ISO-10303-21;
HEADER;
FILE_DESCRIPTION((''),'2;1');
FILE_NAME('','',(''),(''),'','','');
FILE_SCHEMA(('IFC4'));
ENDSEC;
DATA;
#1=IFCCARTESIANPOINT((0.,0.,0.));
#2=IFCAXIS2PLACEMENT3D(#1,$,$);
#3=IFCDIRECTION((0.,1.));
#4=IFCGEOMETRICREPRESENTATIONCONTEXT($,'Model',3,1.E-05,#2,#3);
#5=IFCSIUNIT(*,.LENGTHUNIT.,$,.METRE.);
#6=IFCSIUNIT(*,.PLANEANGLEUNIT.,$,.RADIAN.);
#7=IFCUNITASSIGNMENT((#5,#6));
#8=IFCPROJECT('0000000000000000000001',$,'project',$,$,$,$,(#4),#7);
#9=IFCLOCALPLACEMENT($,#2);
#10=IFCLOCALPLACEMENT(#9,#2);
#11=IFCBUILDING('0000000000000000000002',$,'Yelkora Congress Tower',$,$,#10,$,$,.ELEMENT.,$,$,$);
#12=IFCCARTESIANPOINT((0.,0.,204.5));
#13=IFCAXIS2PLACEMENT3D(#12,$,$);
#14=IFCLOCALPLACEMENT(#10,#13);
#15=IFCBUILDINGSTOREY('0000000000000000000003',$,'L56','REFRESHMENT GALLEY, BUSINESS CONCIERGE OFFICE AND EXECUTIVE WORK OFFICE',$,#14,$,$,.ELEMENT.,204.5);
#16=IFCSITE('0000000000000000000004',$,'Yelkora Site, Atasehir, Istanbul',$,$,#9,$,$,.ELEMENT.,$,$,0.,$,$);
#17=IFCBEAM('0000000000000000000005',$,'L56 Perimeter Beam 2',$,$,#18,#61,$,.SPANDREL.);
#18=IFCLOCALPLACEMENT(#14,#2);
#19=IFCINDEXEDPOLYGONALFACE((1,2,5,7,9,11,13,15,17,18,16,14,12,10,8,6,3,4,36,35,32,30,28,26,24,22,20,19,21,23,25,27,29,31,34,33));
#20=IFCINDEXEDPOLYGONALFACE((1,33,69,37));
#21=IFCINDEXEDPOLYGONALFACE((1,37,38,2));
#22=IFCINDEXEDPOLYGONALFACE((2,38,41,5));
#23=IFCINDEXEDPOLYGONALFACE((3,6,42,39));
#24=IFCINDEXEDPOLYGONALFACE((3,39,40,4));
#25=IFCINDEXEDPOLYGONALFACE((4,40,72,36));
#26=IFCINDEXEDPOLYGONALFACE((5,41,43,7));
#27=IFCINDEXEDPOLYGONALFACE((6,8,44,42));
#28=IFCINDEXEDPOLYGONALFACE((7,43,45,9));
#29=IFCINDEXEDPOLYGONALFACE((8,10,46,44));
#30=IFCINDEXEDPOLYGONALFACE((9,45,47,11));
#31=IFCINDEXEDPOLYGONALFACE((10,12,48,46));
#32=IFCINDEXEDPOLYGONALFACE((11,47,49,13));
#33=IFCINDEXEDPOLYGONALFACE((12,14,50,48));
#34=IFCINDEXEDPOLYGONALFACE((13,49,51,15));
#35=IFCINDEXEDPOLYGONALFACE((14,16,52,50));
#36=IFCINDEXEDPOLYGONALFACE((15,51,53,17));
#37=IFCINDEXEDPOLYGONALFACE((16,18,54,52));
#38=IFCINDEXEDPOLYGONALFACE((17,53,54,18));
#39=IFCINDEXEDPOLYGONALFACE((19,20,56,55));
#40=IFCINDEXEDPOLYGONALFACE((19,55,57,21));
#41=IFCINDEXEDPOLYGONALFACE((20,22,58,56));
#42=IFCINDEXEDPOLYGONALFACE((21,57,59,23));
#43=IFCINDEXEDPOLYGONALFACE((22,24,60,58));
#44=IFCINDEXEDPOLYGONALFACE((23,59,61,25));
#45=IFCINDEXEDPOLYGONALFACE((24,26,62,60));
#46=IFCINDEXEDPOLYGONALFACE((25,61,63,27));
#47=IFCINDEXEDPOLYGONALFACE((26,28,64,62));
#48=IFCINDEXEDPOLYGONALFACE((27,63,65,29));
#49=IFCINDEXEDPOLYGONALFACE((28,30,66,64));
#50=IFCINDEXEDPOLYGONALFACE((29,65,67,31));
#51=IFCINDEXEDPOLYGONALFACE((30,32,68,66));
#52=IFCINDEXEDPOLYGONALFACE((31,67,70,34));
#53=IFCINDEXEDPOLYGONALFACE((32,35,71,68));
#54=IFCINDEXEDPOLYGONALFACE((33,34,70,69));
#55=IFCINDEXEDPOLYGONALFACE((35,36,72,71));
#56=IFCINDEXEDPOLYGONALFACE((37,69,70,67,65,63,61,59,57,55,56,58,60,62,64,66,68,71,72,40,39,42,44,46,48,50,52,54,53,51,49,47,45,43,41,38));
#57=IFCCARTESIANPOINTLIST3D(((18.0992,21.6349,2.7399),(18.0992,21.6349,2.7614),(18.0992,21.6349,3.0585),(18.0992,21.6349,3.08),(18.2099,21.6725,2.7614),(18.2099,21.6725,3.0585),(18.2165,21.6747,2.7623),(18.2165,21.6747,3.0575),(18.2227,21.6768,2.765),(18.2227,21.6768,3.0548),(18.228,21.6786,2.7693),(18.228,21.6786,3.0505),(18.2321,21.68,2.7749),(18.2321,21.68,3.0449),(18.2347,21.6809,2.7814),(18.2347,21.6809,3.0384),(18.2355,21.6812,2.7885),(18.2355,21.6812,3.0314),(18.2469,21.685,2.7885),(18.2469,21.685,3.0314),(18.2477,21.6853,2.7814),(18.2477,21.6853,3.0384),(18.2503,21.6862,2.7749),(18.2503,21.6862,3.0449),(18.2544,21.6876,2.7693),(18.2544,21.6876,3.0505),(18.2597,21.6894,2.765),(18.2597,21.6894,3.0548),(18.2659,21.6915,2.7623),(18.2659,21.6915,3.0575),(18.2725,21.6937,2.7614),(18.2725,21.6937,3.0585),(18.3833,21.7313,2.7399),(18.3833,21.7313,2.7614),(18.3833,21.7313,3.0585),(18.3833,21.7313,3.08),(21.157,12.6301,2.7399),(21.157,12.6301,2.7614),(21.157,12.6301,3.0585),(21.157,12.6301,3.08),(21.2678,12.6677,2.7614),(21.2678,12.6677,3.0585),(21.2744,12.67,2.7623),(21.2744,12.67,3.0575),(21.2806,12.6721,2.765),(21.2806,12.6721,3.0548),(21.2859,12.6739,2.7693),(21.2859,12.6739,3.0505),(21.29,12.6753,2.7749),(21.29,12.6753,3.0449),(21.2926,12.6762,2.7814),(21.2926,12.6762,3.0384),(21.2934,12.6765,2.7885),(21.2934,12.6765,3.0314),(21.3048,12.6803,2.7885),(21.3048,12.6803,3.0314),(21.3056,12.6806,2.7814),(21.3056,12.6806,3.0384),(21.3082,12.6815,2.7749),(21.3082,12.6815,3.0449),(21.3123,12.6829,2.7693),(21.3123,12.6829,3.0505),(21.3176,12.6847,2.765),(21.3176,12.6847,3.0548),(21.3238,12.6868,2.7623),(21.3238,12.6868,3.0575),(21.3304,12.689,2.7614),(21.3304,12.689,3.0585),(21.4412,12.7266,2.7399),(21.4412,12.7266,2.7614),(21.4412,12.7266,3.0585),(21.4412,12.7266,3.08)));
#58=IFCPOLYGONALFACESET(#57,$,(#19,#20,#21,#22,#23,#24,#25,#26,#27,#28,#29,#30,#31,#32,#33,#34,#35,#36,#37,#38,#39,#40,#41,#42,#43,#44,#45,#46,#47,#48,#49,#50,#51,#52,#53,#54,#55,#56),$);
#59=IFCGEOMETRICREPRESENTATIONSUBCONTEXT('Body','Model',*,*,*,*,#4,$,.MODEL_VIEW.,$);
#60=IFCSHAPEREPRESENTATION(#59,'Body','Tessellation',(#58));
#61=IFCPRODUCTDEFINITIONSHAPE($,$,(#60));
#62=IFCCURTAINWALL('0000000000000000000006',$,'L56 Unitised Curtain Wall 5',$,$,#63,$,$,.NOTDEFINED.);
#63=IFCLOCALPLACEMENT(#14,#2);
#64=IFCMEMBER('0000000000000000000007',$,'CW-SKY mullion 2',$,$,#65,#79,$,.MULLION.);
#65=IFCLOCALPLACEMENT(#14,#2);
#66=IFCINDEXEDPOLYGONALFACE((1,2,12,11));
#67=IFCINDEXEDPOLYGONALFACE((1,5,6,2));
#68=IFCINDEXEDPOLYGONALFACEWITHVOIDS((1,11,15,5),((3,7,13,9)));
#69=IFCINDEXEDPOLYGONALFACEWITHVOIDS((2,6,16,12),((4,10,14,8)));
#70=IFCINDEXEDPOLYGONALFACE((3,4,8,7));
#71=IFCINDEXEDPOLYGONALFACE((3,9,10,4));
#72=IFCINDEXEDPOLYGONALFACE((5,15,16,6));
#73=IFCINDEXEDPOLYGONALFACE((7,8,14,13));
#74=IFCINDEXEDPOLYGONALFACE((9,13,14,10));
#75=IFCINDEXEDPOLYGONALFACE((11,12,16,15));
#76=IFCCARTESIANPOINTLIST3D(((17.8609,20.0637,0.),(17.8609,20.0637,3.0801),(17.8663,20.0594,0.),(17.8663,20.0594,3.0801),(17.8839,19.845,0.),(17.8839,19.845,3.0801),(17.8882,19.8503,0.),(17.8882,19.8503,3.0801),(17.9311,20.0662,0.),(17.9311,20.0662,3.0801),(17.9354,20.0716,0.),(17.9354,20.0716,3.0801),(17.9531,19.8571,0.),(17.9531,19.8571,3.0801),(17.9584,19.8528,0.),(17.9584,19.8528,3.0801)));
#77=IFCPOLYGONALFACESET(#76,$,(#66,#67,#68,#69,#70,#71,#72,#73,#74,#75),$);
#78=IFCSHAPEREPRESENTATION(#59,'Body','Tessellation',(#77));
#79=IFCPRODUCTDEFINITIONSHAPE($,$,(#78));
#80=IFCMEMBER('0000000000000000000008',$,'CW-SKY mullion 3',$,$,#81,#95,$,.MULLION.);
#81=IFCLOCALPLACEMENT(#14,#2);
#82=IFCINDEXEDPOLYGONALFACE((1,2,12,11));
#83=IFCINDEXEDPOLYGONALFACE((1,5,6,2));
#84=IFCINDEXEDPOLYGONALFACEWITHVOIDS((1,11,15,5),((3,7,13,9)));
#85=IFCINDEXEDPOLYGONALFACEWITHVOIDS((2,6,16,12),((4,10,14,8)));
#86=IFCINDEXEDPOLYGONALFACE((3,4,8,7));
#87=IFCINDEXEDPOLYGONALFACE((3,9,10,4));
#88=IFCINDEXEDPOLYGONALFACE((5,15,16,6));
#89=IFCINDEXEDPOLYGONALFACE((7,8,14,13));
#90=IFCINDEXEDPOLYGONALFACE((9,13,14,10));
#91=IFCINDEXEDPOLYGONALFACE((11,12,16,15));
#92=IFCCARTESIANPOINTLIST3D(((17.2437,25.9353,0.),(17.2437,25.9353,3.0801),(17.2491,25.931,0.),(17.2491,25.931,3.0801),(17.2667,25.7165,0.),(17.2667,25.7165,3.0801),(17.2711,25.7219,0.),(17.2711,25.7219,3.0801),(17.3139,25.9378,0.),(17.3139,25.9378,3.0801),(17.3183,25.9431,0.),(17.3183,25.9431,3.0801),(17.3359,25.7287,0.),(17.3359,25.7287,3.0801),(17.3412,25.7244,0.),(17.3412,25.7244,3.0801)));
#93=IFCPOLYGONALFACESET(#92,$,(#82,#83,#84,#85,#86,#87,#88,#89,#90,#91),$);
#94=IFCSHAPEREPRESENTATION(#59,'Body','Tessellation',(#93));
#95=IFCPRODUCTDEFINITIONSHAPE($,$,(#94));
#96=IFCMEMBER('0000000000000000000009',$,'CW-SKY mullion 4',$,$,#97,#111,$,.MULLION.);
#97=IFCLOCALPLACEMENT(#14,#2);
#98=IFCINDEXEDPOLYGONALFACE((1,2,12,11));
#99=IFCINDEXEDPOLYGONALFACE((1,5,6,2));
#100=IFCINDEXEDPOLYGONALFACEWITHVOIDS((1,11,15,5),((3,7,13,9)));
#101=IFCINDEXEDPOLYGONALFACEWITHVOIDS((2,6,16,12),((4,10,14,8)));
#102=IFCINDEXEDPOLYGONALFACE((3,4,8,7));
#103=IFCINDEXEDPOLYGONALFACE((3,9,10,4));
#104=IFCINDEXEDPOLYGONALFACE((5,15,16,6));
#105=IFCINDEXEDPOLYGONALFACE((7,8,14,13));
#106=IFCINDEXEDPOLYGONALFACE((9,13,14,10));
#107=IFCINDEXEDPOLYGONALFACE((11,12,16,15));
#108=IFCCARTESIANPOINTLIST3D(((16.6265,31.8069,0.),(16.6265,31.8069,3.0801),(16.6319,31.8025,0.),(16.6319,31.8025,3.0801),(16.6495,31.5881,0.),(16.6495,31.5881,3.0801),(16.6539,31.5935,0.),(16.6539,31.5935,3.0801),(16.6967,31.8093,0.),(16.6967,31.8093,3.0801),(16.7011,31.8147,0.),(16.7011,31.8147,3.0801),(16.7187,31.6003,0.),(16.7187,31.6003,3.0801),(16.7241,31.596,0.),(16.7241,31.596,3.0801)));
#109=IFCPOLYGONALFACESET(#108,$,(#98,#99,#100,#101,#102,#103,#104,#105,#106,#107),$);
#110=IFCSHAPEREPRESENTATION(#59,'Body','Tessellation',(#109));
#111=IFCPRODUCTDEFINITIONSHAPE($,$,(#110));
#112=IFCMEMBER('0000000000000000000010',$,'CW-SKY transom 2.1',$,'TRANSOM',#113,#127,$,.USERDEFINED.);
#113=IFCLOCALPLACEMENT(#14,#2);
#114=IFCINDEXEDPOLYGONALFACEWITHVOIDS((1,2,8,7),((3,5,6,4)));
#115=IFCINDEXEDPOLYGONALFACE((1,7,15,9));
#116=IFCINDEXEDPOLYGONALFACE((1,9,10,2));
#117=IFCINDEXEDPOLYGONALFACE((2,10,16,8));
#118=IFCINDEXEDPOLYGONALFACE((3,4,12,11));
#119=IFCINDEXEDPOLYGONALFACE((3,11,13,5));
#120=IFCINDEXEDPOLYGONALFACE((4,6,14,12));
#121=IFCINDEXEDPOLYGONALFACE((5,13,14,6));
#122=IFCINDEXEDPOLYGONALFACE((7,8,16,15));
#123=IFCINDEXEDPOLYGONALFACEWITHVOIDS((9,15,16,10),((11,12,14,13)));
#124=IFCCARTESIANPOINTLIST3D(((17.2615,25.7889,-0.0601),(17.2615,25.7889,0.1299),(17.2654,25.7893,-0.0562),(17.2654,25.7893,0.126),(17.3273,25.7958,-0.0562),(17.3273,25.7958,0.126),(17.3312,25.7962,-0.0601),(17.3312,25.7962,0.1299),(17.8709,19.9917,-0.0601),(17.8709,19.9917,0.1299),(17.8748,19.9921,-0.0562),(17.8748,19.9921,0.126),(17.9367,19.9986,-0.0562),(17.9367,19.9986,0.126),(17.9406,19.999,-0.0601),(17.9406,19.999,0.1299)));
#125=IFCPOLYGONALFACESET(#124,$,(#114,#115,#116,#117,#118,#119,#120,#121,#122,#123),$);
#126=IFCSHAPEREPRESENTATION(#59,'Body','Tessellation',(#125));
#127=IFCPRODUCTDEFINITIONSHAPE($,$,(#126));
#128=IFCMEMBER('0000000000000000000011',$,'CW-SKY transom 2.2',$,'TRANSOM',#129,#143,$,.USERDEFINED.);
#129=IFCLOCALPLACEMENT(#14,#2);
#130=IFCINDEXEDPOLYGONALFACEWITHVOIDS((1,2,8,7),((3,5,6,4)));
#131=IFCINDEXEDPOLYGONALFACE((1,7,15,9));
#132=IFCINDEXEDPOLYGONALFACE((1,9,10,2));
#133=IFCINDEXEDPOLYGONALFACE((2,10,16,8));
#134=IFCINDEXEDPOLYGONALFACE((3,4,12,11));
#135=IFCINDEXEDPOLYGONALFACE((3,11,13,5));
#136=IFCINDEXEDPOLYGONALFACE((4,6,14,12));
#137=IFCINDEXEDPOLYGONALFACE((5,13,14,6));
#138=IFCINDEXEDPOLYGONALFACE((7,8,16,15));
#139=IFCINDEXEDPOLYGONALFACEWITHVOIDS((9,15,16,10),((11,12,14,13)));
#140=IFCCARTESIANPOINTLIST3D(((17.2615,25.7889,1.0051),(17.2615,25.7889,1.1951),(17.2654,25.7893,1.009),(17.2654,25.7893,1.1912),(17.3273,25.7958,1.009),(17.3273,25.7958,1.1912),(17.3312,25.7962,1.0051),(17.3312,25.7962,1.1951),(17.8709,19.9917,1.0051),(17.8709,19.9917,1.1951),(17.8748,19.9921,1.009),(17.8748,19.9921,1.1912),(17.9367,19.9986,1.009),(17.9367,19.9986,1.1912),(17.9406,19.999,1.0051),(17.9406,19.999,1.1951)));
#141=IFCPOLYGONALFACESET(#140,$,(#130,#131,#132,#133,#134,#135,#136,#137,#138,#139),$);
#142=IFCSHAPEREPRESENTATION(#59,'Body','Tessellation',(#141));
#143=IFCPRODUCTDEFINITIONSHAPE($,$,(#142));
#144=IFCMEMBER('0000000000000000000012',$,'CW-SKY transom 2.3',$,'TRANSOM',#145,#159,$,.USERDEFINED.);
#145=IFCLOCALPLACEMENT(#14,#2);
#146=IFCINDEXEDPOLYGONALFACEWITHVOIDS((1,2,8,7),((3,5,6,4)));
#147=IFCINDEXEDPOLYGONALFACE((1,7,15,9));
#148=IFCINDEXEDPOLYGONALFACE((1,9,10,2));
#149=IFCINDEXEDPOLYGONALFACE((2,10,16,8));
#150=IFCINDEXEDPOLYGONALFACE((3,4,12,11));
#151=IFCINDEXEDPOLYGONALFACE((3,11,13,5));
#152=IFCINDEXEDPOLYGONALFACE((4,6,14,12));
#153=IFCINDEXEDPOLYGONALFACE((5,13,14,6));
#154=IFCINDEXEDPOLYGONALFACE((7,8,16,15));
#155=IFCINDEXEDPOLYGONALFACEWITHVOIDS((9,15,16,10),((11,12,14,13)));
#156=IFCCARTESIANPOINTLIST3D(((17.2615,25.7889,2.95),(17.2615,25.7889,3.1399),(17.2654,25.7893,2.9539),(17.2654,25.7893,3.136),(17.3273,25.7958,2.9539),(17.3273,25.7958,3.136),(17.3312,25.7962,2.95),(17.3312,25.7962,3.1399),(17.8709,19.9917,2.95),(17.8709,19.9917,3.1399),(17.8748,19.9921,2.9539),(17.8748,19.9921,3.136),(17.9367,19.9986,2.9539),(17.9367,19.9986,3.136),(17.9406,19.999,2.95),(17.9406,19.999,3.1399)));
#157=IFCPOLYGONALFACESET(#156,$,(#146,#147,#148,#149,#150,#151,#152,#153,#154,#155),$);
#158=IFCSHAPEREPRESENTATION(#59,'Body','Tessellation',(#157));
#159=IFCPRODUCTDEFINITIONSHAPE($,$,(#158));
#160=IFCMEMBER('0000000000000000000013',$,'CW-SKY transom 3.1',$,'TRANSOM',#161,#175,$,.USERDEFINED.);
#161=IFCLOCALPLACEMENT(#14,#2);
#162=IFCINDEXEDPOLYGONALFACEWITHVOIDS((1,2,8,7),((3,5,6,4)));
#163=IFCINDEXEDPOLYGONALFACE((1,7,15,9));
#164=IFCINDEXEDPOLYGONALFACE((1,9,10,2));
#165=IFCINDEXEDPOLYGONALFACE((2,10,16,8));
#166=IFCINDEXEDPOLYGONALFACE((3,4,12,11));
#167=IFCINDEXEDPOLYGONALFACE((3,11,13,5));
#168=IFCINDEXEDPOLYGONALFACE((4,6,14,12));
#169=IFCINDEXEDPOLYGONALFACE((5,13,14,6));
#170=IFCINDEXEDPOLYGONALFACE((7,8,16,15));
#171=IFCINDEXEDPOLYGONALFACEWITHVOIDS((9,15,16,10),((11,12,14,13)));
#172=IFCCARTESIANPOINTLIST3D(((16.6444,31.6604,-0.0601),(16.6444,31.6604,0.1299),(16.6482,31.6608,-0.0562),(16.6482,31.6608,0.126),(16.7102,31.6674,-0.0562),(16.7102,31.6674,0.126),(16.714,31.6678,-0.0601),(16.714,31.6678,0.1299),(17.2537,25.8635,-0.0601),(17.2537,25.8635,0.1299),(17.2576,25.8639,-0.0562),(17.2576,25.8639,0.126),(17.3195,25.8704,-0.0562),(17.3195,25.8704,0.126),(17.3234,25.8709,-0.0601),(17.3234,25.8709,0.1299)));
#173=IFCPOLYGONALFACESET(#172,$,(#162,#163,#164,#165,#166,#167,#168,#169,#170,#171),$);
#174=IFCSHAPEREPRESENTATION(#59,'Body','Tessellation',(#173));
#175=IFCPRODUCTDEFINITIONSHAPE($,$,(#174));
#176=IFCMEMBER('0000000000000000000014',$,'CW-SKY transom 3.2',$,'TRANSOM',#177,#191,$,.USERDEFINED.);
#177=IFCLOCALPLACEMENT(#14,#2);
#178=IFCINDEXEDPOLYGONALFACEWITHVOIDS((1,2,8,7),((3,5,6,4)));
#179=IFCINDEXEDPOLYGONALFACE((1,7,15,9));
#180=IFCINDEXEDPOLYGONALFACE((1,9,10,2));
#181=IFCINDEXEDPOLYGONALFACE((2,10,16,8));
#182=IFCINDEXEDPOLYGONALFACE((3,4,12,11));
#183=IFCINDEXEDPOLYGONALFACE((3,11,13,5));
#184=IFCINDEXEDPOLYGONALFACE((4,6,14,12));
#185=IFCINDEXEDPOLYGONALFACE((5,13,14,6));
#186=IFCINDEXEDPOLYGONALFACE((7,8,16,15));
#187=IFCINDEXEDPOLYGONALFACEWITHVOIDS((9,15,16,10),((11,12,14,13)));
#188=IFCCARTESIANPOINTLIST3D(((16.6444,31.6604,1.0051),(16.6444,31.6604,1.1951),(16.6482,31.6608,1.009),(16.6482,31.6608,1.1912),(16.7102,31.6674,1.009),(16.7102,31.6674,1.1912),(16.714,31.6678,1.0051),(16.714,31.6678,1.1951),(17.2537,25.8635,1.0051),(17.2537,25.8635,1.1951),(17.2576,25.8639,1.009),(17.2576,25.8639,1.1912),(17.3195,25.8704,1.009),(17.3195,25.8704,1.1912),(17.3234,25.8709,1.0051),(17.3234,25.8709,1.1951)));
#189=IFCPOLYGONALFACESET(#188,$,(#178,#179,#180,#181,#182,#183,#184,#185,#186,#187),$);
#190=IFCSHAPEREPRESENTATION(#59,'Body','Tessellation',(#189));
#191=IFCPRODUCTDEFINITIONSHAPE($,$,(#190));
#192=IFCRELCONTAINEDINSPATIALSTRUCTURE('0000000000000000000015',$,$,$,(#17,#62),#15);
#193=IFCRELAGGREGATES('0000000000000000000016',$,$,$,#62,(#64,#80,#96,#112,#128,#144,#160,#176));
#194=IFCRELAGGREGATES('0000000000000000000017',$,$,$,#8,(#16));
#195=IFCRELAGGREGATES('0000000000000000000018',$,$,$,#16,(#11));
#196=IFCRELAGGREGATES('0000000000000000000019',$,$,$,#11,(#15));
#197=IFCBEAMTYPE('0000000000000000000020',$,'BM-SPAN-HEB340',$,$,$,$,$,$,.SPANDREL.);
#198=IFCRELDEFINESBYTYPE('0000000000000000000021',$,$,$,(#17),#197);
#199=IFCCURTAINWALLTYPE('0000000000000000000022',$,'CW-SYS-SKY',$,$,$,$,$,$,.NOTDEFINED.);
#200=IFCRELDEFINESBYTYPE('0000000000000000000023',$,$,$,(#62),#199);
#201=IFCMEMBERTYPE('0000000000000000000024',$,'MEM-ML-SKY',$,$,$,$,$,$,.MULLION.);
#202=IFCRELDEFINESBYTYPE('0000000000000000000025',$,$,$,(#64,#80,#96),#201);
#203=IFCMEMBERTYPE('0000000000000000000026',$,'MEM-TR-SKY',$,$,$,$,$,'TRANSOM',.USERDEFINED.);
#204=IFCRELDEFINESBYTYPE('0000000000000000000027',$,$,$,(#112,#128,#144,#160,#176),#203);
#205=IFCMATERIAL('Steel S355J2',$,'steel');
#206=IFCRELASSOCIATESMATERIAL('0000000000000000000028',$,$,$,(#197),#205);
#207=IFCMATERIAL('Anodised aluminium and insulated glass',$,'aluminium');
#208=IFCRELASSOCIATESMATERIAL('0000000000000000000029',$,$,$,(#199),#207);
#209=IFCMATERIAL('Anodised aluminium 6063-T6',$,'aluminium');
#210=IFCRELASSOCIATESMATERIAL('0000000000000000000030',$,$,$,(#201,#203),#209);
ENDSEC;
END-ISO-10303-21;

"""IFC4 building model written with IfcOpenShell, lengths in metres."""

from ifc_helpers import new_model, si_unit, direction, frame, origin, origin_2d, place, context, subcontext, project, spatial, hollow_rectangle, i_section, extrude, material, material_profile, profile_set, type_object, element, aggregate, save


model = new_model("IFC4")

# Units and contexts
model_context = context("Model", 3, precision=1e-05, world=origin(), true_north=direction((0.0, 1.0)))
body_context = subcontext(model_context, "Body", "Model", "MODEL_VIEW")
ifc_project = project(units=[si_unit("LENGTHUNIT", "METRE"), si_unit("PLANEANGLEUNIT", "RADIAN")], contexts=[model_context])

# Site, building, storey
site_placement = place(None, origin())
site = spatial("IfcSite", under=ifc_project, at=site_placement, Name="Yelkora Site, Atasehir, Istanbul", CompositionType="ELEMENT", RefElevation=0.0)
building_placement = place(site_placement, origin())
building = spatial("IfcBuilding", under=site, at=building_placement, Name="Yelkora Congress Tower", CompositionType="ELEMENT")
storey_placement = place(building_placement, frame((0.0, 0.0, 204.5)))
storey = spatial("IfcBuildingStorey", under=building, at=storey_placement, Name="L56", Description="REFRESHMENT GALLEY, BUSINESS CONCIERGE OFFICE AND EXECUTIVE WORK OFFICE", CompositionType="ELEMENT", Elevation=204.5)

# Shared definitions
ifc_material_1 = material(Name="Steel S355J2", Category="steel")

# Beam
ifc_material_profile_1 = material_profile(ifc_material_1, i_section(OverallWidth=0.3, OverallDepth=0.3401, WebThickness=0.012, FlangeThickness=0.0215, FilletRadius=0.0271, at=origin_2d()), Name="HEB 340")
ifc_profile_set_1 = profile_set([ifc_material_profile_1], Name="Steel S355J2")
beam_type_1 = type_object("IfcBeamType", Name="BM-SPAN-HEB340", PredefinedType="SPANDREL", material=ifc_profile_set_1)
beam_1_placement = place(storey_placement, frame((18.2412, 21.6831, 2.9099), z_axis=(0.321552, -0.946892, 0.0), x_axis=(0.946892, 0.321552, 0.0)))
element("IfcBeam", 1, at=beam_1_placement, inside=storey, type_object=beam_type_1, Name="L56 Perimeter Beam 2", PredefinedType="SPANDREL", context=body_context, shape_type="SweptSolid", body=[
    extrude(i_section(OverallWidth=0.3, OverallDepth=0.3401, WebThickness=0.012, FlangeThickness=0.0215, FilletRadius=0.0271, at=origin_2d()), origin(), (0.0, 0.0, 1.0), 9.5098),
])

# Curtain wall, members
ifc_material_2 = material(Name="Anodised aluminium and insulated glass", Category="aluminium")
curtain_wall_type = type_object("IfcCurtainWallType", Name="CW-SYS-SKY", PredefinedType="NOTDEFINED", material=ifc_material_2)
curtain_wall_placement = place(storey_placement, origin())
curtain_wall = element("IfcCurtainWall", 2, at=curtain_wall_placement, inside=storey, type_object=curtain_wall_type, Name="L56 Unitised Curtain Wall 5", PredefinedType="NOTDEFINED")
ifc_material_3 = material(Name="Anodised aluminium 6063-T6", Category="aluminium")
ifc_material_profile_2 = material_profile(ifc_material_3, hollow_rectangle(XDim=0.075, YDim=0.22, WallThickness=0.0049, at=origin_2d()), Name="ALU 75x220x5")
ifc_profile_set_2 = profile_set([ifc_material_profile_2], Name="Anodised aluminium 6063-T6")
member_type_1 = type_object("IfcMemberType", Name="MEM-ML-SKY", PredefinedType="MULLION", material=ifc_profile_set_2)
member_1_placement = place(storey_placement, frame((17.9097, 19.9583, 0.0), z_axis=(0.0, 0.0, 1.0), x_axis=(-0.994522, -0.104526, 0.0)))
member_1 = element("IfcMember", 3, at=member_1_placement, type_object=member_type_1, Name="CW-SKY mullion 2", PredefinedType="MULLION", context=body_context, shape_type="SweptSolid", body=[
    extrude(hollow_rectangle(XDim=0.075, YDim=0.22, WallThickness=0.0049, at=origin_2d()), origin(), (0.0, 0.0, 1.0), 3.0801),
])
member_2_placement = place(storey_placement, frame((17.2925, 25.8298, 0.0), z_axis=(0.0, 0.0, 1.0), x_axis=(-0.994522, -0.104526, 0.0)))
member_2 = element("IfcMember", 4, at=member_2_placement, type_object=member_type_1, Name="CW-SKY mullion 3", PredefinedType="MULLION", context=body_context, shape_type="SweptSolid", body=[
    extrude(hollow_rectangle(XDim=0.075, YDim=0.22, WallThickness=0.0049, at=origin_2d()), origin(), (0.0, 0.0, 1.0), 3.0801),
])
member_3_placement = place(storey_placement, frame((16.6753, 31.7014, 0.0), z_axis=(0.0, 0.0, 1.0), x_axis=(-0.994522, -0.104526, 0.0)))
member_3 = element("IfcMember", 5, at=member_3_placement, type_object=member_type_1, Name="CW-SKY mullion 4", PredefinedType="MULLION", context=body_context, shape_type="SweptSolid", body=[
    extrude(hollow_rectangle(XDim=0.075, YDim=0.22, WallThickness=0.0049, at=origin_2d()), origin(), (0.0, 0.0, 1.0), 3.0801),
])
ifc_material_profile_3 = material_profile(ifc_material_3, hollow_rectangle(XDim=0.0701, YDim=0.1899, WallThickness=0.0039, at=origin_2d()), Name="ALU 70x190x4")
ifc_profile_set_3 = profile_set([ifc_material_profile_3], Name="Anodised aluminium 6063-T6")
member_type_2 = type_object("IfcMemberType", Name="MEM-TR-SKY", ElementType="TRANSOM", PredefinedType="USERDEFINED", material=ifc_profile_set_3)
member_4_placement = place(storey_placement, frame((17.9058, 19.9954, 0.0349), z_axis=(-0.104541, 0.994521, 0.0), x_axis=(-0.994521, -0.104541, 0.0)))
member_4 = element("IfcMember", 6, at=member_4_placement, type_object=member_type_2, Name="CW-SKY transom 2.1", ObjectType="TRANSOM", PredefinedType="USERDEFINED", context=body_context, shape_type="SweptSolid", body=[
    extrude(hollow_rectangle(XDim=0.0701, YDim=0.1899, WallThickness=0.0039, at=origin_2d()), origin(), (0.0, 0.0, 1.0), 5.8291),
])
member_5_placement = place(storey_placement, frame((17.9058, 19.9954, 1.1001), z_axis=(-0.104541, 0.994521, 0.0), x_axis=(-0.994521, -0.104541, 0.0)))
member_5 = element("IfcMember", 7, at=member_5_placement, type_object=member_type_2, Name="CW-SKY transom 2.2", ObjectType="TRANSOM", PredefinedType="USERDEFINED", context=body_context, shape_type="SweptSolid", body=[
    extrude(hollow_rectangle(XDim=0.0701, YDim=0.1899, WallThickness=0.0039, at=origin_2d()), origin(), (0.0, 0.0, 1.0), 5.8291),
])
member_6_placement = place(storey_placement, frame((17.9058, 19.9954, 3.0449), z_axis=(-0.104541, 0.994521, 0.0), x_axis=(-0.994521, -0.104541, 0.0)))
member_6 = element("IfcMember", 8, at=member_6_placement, type_object=member_type_2, Name="CW-SKY transom 2.3", ObjectType="TRANSOM", PredefinedType="USERDEFINED", context=body_context, shape_type="SweptSolid", body=[
    extrude(hollow_rectangle(XDim=0.0701, YDim=0.1899, WallThickness=0.0039, at=origin_2d()), origin(), (0.0, 0.0, 1.0), 5.8291),
])
member_7_placement = place(storey_placement, frame((17.2886, 25.8672, 0.0349), z_axis=(-0.104545, 0.99452, 0.0), x_axis=(-0.99452, -0.104545, 0.0)))
member_7 = element("IfcMember", 9, at=member_7_placement, type_object=member_type_2, Name="CW-SKY transom 3.1", ObjectType="TRANSOM", PredefinedType="USERDEFINED", context=body_context, shape_type="SweptSolid", body=[
    extrude(hollow_rectangle(XDim=0.0701, YDim=0.1899, WallThickness=0.0039, at=origin_2d()), origin(), (0.0, 0.0, 1.0), 5.8289),
])
member_8_placement = place(storey_placement, frame((17.2886, 25.8672, 1.1001), z_axis=(-0.104545, 0.99452, 0.0), x_axis=(-0.99452, -0.104545, 0.0)))
member_8 = element("IfcMember", 10, at=member_8_placement, type_object=member_type_2, Name="CW-SKY transom 3.2", ObjectType="TRANSOM", PredefinedType="USERDEFINED", context=body_context, shape_type="SweptSolid", body=[
    extrude(hollow_rectangle(XDim=0.0701, YDim=0.1899, WallThickness=0.0039, at=origin_2d()), origin(), (0.0, 0.0, 1.0), 5.8289),
])
aggregate(curtain_wall, [member_1, member_2, member_3, member_4, member_5, member_6, member_7, member_8])

save(model, "model.ifc")
